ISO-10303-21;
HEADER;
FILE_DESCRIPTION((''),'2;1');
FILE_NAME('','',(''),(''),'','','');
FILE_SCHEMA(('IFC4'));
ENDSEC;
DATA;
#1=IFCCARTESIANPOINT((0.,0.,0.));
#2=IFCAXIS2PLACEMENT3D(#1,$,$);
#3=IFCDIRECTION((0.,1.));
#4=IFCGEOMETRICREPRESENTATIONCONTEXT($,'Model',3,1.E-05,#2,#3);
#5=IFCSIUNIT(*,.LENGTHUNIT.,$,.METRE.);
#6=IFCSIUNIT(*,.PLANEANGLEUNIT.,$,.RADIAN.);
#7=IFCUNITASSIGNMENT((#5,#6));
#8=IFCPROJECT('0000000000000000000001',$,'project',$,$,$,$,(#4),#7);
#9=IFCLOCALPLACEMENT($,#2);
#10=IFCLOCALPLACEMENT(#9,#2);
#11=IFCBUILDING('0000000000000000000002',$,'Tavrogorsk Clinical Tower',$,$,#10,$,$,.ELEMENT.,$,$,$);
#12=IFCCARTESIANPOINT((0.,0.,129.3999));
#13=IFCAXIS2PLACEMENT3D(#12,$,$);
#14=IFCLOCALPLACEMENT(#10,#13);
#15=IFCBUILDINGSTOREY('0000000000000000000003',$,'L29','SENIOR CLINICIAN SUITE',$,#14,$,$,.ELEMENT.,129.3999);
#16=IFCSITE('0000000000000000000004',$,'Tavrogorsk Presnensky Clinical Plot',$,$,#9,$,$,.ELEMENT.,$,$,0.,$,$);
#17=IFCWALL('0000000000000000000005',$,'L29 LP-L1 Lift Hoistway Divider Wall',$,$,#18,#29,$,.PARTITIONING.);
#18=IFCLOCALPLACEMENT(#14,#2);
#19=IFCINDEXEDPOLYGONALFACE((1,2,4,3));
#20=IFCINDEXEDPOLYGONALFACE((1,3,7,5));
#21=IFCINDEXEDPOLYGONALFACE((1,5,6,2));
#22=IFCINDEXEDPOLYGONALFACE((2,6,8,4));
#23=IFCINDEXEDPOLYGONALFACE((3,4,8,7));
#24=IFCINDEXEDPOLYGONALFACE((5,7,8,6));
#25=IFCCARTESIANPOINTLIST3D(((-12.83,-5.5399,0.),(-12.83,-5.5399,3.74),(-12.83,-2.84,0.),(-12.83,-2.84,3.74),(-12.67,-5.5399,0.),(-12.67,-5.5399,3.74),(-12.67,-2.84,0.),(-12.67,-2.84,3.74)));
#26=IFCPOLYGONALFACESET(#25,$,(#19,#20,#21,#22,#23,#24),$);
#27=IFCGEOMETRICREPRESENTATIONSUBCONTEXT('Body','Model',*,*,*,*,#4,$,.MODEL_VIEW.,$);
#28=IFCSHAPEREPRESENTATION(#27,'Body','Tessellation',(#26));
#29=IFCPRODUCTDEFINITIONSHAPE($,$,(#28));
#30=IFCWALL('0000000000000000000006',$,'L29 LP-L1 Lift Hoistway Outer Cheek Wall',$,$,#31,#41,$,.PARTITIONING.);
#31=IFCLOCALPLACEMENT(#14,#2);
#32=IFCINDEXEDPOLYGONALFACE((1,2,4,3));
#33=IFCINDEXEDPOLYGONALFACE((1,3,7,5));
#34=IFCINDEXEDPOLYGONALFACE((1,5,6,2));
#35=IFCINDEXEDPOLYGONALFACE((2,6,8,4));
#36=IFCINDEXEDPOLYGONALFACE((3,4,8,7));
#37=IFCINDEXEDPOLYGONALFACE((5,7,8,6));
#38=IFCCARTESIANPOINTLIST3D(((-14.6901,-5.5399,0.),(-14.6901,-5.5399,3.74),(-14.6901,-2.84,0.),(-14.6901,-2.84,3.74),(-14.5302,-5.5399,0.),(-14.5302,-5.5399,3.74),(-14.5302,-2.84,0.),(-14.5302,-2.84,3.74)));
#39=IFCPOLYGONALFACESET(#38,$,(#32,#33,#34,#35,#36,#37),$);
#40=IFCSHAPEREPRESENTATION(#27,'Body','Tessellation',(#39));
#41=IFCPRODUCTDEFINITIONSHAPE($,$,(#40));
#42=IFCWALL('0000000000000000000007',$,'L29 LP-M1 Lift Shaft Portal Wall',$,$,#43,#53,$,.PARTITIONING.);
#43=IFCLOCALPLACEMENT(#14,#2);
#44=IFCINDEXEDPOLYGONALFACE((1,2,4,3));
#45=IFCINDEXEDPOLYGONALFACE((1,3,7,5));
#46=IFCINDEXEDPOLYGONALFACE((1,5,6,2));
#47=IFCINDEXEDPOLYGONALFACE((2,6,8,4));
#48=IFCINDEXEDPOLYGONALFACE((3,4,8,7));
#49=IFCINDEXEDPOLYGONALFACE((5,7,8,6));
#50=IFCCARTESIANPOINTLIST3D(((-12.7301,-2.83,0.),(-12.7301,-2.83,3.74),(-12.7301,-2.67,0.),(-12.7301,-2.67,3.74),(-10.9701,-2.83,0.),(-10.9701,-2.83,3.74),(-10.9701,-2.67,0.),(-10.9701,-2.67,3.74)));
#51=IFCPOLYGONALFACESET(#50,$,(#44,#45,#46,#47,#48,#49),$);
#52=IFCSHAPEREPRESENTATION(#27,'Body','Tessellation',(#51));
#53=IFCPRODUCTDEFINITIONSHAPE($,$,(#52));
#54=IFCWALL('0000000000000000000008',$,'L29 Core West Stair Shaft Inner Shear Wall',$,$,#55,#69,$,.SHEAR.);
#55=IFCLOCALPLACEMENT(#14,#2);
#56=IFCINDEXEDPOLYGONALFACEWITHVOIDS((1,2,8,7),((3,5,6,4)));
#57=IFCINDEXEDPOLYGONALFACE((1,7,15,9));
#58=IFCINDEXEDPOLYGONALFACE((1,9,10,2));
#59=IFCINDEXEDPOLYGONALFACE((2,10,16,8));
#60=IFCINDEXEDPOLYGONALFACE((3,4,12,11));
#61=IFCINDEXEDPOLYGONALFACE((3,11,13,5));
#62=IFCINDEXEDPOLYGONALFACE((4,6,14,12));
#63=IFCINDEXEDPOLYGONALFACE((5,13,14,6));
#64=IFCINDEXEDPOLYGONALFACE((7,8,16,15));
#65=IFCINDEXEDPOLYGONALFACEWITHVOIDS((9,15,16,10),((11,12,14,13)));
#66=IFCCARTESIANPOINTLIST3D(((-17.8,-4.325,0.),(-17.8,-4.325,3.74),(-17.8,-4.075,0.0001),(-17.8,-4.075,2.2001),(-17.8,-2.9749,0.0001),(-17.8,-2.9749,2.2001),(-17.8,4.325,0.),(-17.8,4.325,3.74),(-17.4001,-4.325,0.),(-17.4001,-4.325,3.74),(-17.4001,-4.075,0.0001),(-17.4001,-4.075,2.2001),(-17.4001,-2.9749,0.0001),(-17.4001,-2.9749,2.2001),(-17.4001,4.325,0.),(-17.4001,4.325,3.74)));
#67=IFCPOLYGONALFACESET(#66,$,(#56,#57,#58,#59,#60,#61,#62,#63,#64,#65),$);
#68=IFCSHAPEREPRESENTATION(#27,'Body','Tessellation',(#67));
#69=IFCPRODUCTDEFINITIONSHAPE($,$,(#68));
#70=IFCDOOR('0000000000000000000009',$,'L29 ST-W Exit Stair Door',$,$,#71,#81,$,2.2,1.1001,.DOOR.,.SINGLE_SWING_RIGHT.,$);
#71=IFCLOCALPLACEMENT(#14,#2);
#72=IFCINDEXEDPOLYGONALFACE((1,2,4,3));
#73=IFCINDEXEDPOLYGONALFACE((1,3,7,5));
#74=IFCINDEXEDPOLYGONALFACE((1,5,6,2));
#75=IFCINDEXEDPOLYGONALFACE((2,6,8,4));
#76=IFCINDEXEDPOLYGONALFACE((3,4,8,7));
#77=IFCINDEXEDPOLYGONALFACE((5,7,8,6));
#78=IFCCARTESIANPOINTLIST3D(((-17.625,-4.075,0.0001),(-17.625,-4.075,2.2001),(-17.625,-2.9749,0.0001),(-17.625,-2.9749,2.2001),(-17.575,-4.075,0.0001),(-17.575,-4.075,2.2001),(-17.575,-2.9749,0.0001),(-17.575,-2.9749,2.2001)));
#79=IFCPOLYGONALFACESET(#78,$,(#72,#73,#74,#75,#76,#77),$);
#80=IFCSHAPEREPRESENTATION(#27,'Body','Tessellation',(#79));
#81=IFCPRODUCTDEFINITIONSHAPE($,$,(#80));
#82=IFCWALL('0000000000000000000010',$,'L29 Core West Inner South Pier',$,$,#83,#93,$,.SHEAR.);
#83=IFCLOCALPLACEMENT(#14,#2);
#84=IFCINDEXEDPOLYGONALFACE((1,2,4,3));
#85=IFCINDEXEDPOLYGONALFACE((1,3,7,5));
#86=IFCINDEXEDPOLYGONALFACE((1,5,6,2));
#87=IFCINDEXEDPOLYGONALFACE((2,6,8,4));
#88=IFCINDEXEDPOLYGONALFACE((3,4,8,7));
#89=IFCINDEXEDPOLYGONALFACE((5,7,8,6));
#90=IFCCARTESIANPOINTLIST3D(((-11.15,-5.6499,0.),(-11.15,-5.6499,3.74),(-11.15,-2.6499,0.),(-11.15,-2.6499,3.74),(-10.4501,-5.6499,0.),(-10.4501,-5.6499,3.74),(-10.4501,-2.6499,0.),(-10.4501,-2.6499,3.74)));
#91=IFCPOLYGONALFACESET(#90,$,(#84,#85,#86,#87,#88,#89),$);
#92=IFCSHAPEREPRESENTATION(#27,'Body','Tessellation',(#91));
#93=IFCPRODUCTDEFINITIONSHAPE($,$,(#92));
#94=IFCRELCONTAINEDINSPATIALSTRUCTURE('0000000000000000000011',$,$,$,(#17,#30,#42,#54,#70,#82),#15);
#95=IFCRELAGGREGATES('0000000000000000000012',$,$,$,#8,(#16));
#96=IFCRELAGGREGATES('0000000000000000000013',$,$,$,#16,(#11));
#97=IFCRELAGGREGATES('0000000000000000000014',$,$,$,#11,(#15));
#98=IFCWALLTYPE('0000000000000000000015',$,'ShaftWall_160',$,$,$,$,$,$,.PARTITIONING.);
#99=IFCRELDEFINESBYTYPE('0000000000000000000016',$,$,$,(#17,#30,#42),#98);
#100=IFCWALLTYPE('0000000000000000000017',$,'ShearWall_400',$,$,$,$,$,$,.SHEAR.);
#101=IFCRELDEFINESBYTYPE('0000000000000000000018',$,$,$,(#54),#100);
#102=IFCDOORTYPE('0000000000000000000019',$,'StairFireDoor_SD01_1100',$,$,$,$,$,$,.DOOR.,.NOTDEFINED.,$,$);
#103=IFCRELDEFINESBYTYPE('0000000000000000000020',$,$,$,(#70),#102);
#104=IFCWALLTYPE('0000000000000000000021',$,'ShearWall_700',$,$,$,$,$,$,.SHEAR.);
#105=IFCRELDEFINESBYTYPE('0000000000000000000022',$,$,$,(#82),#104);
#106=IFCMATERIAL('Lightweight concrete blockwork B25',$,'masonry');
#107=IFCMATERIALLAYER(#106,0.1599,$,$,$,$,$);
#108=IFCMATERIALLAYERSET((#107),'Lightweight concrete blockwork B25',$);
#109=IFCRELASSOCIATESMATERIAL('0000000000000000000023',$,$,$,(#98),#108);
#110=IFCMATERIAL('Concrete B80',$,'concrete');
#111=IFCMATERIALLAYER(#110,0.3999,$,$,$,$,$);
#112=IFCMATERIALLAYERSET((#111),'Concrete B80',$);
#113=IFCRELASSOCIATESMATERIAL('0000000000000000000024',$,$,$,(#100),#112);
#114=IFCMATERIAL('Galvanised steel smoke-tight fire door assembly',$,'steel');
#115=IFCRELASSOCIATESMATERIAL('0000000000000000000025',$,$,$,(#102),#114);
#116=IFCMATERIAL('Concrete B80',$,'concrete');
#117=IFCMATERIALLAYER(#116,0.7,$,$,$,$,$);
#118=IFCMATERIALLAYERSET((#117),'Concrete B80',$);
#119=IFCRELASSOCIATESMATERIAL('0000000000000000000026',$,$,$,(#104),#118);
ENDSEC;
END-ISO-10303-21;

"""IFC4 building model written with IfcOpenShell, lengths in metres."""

from ifc_helpers import new_model, si_unit, direction, frame, frame_2d, origin, place, context, subcontext, project, spatial, rectangle, extrude, material, layer, layer_set, type_object, element, fill, save


model = new_model("IFC4")

# Units and contexts
model_context = context("Model", 3, precision=1e-05, world=origin(), true_north=direction((0.0, 1.0)))
body_context = subcontext(model_context, "Body", "Model", "MODEL_VIEW")
ifc_project = project(units=[si_unit("LENGTHUNIT", "METRE"), si_unit("PLANEANGLEUNIT", "RADIAN")], contexts=[model_context])

# Site, building, storey
site_placement = place(None, origin())
site = spatial("IfcSite", under=ifc_project, at=site_placement, Name="Tavrogorsk Presnensky Clinical Plot", CompositionType="ELEMENT", RefElevation=0.0)
building_placement = place(site_placement, origin())
building = spatial("IfcBuilding", under=site, at=building_placement, Name="Tavrogorsk Clinical Tower", CompositionType="ELEMENT")
storey_placement = place(building_placement, frame((0.0, 0.0, 129.3999)))
storey = spatial("IfcBuildingStorey", under=building, at=storey_placement, Name="L29", Description="SENIOR CLINICIAN SUITE", CompositionType="ELEMENT", Elevation=129.3999)

# Shared definitions
ifc_material_1 = material(Name="Lightweight concrete blockwork B25", Category="masonry")
ifc_layer_1 = layer(ifc_material_1, 0.1599)
ifc_layer_set_1 = layer_set([ifc_layer_1], Name="Lightweight concrete blockwork B25")
wall_type_1 = type_object("IfcWallType", Name="ShaftWall_160", PredefinedType="PARTITIONING", material=ifc_layer_set_1)

# Walls
for number, where, z_axis, x_axis, name in (
    (1, (-12.75, -5.54, 0.0), (0.0, 0.0, 1.0), (0.0, 1.0, 0.0), "L29 LP-L1 Lift Hoistway Divider Wall"),
    (2, (-14.6101, -5.54, 0.0), (0.0, 0.0, 1.0), (0.0, 1.0, 0.0), "L29 LP-L1 Lift Hoistway Outer Cheek Wall"),
):
    element("IfcWall", number, at=place(storey_placement, frame(where, z_axis=z_axis, x_axis=x_axis)), inside=storey, type_object=wall_type_1, Name=name, PredefinedType="PARTITIONING", context=body_context, shape_type="SweptSolid", body=[
        extrude(rectangle(XDim=2.7, YDim=0.1599, at=frame_2d((1.3501, 0.0))), origin(), (0.0, 0.0, 1.0), 3.74),
    ])
wall_1_placement = place(storey_placement, frame((-12.73, -2.75, 0.0), z_axis=(0.0, 0.0, 1.0), x_axis=(1.0, 0.0, 0.0)))
element("IfcWall", 3, at=wall_1_placement, inside=storey, type_object=wall_type_1, Name="L29 LP-M1 Lift Shaft Portal Wall", PredefinedType="PARTITIONING", context=body_context, shape_type="SweptSolid", body=[
    extrude(rectangle(XDim=1.76, YDim=0.1599, at=frame_2d((0.8799, 0.0))), origin(), (0.0, 0.0, 1.0), 3.74),
])

# Wall, opening, door
ifc_material_2 = material(Name="Concrete B80", Category="concrete")
ifc_layer_2 = layer(ifc_material_2, 0.3999)
ifc_layer_set_2 = layer_set([ifc_layer_2], Name="Concrete B80")
wall_type_2 = type_object("IfcWallType", Name="ShearWall_400", PredefinedType="SHEAR", material=ifc_layer_set_2)
wall_2_placement = place(storey_placement, frame((-17.6001, -4.325, 0.0), z_axis=(0.0, 0.0, 1.0), x_axis=(0.0, 1.0, 0.0)))
wall_2 = element("IfcWall", 4, at=wall_2_placement, inside=storey, type_object=wall_type_2, Name="L29 Core West Stair Shaft Inner Shear Wall", PredefinedType="SHEAR", context=body_context, shape_type="SweptSolid", body=[
    extrude(rectangle(XDim=8.6499, YDim=0.3999, at=frame_2d((4.325, 0.0))), origin(), (0.0, 0.0, 1.0), 3.74),
])
opening_1_placement = place(wall_2_placement, frame((0.25, 0.0, 0.0)))
opening_1 = element("IfcOpeningElement", 5, at=opening_1_placement, cuts=wall_2, PredefinedType="OPENING", context=body_context, shape_type="SweptSolid", body=[
    extrude(rectangle(XDim=1.1001, YDim=2.2, at=frame_2d((0.55, 1.1001))), frame((0.0, 0.21, 0.0), z_axis=(0.0, -1.0, 0.0), x_axis=(1.0, 0.0, 0.0)), (0.0, 0.0, 1.0), 0.4199),
])
ifc_material_3 = material(Name="Galvanised steel smoke-tight fire door assembly", Category="steel")
door_type_1 = type_object("IfcDoorType", Name="StairFireDoor_SD01_1100", OperationType="NOTDEFINED", PredefinedType="DOOR", material=ifc_material_3)
door_1_placement = place(opening_1_placement, origin())
door_1 = element("IfcDoor", 6, at=door_1_placement, inside=storey, type_object=door_type_1, Name="L29 ST-W Exit Stair Door", OperationType="SINGLE_SWING_RIGHT", OverallHeight=2.2, OverallWidth=1.1001, PredefinedType="DOOR", context=body_context, shape_type="SweptSolid", body=[
    extrude(rectangle(XDim=1.1001, YDim=2.2, at=frame_2d((0.55, 1.1001))), frame((0.0, 0.0249, 0.0), z_axis=(0.0, -1.0, 0.0), x_axis=(1.0, 0.0, 0.0)), (0.0, 0.0, 1.0), 0.05),
])
fill(opening_1, door_1)

# Wall
ifc_material_4 = material(Name="Concrete B80", Category="concrete")
ifc_layer_3 = layer(ifc_material_4, 0.7)
ifc_layer_set_3 = layer_set([ifc_layer_3], Name="Concrete B80")
wall_type_3 = type_object("IfcWallType", Name="ShearWall_700", PredefinedType="SHEAR", material=ifc_layer_set_3)
wall_3_placement = place(storey_placement, frame((-10.8, -5.6499, 0.0), z_axis=(0.0, 0.0, 1.0), x_axis=(0.0, 1.0, 0.0)))
element("IfcWall", 7, at=wall_3_placement, inside=storey, type_object=wall_type_3, Name="L29 Core West Inner South Pier", PredefinedType="SHEAR", context=body_context, shape_type="SweptSolid", body=[
    extrude(rectangle(XDim=3.0, YDim=0.7, at=frame_2d((1.5, 0.0))), origin(), (0.0, 0.0, 1.0), 3.74),
])

save(model, "model.ifc")
